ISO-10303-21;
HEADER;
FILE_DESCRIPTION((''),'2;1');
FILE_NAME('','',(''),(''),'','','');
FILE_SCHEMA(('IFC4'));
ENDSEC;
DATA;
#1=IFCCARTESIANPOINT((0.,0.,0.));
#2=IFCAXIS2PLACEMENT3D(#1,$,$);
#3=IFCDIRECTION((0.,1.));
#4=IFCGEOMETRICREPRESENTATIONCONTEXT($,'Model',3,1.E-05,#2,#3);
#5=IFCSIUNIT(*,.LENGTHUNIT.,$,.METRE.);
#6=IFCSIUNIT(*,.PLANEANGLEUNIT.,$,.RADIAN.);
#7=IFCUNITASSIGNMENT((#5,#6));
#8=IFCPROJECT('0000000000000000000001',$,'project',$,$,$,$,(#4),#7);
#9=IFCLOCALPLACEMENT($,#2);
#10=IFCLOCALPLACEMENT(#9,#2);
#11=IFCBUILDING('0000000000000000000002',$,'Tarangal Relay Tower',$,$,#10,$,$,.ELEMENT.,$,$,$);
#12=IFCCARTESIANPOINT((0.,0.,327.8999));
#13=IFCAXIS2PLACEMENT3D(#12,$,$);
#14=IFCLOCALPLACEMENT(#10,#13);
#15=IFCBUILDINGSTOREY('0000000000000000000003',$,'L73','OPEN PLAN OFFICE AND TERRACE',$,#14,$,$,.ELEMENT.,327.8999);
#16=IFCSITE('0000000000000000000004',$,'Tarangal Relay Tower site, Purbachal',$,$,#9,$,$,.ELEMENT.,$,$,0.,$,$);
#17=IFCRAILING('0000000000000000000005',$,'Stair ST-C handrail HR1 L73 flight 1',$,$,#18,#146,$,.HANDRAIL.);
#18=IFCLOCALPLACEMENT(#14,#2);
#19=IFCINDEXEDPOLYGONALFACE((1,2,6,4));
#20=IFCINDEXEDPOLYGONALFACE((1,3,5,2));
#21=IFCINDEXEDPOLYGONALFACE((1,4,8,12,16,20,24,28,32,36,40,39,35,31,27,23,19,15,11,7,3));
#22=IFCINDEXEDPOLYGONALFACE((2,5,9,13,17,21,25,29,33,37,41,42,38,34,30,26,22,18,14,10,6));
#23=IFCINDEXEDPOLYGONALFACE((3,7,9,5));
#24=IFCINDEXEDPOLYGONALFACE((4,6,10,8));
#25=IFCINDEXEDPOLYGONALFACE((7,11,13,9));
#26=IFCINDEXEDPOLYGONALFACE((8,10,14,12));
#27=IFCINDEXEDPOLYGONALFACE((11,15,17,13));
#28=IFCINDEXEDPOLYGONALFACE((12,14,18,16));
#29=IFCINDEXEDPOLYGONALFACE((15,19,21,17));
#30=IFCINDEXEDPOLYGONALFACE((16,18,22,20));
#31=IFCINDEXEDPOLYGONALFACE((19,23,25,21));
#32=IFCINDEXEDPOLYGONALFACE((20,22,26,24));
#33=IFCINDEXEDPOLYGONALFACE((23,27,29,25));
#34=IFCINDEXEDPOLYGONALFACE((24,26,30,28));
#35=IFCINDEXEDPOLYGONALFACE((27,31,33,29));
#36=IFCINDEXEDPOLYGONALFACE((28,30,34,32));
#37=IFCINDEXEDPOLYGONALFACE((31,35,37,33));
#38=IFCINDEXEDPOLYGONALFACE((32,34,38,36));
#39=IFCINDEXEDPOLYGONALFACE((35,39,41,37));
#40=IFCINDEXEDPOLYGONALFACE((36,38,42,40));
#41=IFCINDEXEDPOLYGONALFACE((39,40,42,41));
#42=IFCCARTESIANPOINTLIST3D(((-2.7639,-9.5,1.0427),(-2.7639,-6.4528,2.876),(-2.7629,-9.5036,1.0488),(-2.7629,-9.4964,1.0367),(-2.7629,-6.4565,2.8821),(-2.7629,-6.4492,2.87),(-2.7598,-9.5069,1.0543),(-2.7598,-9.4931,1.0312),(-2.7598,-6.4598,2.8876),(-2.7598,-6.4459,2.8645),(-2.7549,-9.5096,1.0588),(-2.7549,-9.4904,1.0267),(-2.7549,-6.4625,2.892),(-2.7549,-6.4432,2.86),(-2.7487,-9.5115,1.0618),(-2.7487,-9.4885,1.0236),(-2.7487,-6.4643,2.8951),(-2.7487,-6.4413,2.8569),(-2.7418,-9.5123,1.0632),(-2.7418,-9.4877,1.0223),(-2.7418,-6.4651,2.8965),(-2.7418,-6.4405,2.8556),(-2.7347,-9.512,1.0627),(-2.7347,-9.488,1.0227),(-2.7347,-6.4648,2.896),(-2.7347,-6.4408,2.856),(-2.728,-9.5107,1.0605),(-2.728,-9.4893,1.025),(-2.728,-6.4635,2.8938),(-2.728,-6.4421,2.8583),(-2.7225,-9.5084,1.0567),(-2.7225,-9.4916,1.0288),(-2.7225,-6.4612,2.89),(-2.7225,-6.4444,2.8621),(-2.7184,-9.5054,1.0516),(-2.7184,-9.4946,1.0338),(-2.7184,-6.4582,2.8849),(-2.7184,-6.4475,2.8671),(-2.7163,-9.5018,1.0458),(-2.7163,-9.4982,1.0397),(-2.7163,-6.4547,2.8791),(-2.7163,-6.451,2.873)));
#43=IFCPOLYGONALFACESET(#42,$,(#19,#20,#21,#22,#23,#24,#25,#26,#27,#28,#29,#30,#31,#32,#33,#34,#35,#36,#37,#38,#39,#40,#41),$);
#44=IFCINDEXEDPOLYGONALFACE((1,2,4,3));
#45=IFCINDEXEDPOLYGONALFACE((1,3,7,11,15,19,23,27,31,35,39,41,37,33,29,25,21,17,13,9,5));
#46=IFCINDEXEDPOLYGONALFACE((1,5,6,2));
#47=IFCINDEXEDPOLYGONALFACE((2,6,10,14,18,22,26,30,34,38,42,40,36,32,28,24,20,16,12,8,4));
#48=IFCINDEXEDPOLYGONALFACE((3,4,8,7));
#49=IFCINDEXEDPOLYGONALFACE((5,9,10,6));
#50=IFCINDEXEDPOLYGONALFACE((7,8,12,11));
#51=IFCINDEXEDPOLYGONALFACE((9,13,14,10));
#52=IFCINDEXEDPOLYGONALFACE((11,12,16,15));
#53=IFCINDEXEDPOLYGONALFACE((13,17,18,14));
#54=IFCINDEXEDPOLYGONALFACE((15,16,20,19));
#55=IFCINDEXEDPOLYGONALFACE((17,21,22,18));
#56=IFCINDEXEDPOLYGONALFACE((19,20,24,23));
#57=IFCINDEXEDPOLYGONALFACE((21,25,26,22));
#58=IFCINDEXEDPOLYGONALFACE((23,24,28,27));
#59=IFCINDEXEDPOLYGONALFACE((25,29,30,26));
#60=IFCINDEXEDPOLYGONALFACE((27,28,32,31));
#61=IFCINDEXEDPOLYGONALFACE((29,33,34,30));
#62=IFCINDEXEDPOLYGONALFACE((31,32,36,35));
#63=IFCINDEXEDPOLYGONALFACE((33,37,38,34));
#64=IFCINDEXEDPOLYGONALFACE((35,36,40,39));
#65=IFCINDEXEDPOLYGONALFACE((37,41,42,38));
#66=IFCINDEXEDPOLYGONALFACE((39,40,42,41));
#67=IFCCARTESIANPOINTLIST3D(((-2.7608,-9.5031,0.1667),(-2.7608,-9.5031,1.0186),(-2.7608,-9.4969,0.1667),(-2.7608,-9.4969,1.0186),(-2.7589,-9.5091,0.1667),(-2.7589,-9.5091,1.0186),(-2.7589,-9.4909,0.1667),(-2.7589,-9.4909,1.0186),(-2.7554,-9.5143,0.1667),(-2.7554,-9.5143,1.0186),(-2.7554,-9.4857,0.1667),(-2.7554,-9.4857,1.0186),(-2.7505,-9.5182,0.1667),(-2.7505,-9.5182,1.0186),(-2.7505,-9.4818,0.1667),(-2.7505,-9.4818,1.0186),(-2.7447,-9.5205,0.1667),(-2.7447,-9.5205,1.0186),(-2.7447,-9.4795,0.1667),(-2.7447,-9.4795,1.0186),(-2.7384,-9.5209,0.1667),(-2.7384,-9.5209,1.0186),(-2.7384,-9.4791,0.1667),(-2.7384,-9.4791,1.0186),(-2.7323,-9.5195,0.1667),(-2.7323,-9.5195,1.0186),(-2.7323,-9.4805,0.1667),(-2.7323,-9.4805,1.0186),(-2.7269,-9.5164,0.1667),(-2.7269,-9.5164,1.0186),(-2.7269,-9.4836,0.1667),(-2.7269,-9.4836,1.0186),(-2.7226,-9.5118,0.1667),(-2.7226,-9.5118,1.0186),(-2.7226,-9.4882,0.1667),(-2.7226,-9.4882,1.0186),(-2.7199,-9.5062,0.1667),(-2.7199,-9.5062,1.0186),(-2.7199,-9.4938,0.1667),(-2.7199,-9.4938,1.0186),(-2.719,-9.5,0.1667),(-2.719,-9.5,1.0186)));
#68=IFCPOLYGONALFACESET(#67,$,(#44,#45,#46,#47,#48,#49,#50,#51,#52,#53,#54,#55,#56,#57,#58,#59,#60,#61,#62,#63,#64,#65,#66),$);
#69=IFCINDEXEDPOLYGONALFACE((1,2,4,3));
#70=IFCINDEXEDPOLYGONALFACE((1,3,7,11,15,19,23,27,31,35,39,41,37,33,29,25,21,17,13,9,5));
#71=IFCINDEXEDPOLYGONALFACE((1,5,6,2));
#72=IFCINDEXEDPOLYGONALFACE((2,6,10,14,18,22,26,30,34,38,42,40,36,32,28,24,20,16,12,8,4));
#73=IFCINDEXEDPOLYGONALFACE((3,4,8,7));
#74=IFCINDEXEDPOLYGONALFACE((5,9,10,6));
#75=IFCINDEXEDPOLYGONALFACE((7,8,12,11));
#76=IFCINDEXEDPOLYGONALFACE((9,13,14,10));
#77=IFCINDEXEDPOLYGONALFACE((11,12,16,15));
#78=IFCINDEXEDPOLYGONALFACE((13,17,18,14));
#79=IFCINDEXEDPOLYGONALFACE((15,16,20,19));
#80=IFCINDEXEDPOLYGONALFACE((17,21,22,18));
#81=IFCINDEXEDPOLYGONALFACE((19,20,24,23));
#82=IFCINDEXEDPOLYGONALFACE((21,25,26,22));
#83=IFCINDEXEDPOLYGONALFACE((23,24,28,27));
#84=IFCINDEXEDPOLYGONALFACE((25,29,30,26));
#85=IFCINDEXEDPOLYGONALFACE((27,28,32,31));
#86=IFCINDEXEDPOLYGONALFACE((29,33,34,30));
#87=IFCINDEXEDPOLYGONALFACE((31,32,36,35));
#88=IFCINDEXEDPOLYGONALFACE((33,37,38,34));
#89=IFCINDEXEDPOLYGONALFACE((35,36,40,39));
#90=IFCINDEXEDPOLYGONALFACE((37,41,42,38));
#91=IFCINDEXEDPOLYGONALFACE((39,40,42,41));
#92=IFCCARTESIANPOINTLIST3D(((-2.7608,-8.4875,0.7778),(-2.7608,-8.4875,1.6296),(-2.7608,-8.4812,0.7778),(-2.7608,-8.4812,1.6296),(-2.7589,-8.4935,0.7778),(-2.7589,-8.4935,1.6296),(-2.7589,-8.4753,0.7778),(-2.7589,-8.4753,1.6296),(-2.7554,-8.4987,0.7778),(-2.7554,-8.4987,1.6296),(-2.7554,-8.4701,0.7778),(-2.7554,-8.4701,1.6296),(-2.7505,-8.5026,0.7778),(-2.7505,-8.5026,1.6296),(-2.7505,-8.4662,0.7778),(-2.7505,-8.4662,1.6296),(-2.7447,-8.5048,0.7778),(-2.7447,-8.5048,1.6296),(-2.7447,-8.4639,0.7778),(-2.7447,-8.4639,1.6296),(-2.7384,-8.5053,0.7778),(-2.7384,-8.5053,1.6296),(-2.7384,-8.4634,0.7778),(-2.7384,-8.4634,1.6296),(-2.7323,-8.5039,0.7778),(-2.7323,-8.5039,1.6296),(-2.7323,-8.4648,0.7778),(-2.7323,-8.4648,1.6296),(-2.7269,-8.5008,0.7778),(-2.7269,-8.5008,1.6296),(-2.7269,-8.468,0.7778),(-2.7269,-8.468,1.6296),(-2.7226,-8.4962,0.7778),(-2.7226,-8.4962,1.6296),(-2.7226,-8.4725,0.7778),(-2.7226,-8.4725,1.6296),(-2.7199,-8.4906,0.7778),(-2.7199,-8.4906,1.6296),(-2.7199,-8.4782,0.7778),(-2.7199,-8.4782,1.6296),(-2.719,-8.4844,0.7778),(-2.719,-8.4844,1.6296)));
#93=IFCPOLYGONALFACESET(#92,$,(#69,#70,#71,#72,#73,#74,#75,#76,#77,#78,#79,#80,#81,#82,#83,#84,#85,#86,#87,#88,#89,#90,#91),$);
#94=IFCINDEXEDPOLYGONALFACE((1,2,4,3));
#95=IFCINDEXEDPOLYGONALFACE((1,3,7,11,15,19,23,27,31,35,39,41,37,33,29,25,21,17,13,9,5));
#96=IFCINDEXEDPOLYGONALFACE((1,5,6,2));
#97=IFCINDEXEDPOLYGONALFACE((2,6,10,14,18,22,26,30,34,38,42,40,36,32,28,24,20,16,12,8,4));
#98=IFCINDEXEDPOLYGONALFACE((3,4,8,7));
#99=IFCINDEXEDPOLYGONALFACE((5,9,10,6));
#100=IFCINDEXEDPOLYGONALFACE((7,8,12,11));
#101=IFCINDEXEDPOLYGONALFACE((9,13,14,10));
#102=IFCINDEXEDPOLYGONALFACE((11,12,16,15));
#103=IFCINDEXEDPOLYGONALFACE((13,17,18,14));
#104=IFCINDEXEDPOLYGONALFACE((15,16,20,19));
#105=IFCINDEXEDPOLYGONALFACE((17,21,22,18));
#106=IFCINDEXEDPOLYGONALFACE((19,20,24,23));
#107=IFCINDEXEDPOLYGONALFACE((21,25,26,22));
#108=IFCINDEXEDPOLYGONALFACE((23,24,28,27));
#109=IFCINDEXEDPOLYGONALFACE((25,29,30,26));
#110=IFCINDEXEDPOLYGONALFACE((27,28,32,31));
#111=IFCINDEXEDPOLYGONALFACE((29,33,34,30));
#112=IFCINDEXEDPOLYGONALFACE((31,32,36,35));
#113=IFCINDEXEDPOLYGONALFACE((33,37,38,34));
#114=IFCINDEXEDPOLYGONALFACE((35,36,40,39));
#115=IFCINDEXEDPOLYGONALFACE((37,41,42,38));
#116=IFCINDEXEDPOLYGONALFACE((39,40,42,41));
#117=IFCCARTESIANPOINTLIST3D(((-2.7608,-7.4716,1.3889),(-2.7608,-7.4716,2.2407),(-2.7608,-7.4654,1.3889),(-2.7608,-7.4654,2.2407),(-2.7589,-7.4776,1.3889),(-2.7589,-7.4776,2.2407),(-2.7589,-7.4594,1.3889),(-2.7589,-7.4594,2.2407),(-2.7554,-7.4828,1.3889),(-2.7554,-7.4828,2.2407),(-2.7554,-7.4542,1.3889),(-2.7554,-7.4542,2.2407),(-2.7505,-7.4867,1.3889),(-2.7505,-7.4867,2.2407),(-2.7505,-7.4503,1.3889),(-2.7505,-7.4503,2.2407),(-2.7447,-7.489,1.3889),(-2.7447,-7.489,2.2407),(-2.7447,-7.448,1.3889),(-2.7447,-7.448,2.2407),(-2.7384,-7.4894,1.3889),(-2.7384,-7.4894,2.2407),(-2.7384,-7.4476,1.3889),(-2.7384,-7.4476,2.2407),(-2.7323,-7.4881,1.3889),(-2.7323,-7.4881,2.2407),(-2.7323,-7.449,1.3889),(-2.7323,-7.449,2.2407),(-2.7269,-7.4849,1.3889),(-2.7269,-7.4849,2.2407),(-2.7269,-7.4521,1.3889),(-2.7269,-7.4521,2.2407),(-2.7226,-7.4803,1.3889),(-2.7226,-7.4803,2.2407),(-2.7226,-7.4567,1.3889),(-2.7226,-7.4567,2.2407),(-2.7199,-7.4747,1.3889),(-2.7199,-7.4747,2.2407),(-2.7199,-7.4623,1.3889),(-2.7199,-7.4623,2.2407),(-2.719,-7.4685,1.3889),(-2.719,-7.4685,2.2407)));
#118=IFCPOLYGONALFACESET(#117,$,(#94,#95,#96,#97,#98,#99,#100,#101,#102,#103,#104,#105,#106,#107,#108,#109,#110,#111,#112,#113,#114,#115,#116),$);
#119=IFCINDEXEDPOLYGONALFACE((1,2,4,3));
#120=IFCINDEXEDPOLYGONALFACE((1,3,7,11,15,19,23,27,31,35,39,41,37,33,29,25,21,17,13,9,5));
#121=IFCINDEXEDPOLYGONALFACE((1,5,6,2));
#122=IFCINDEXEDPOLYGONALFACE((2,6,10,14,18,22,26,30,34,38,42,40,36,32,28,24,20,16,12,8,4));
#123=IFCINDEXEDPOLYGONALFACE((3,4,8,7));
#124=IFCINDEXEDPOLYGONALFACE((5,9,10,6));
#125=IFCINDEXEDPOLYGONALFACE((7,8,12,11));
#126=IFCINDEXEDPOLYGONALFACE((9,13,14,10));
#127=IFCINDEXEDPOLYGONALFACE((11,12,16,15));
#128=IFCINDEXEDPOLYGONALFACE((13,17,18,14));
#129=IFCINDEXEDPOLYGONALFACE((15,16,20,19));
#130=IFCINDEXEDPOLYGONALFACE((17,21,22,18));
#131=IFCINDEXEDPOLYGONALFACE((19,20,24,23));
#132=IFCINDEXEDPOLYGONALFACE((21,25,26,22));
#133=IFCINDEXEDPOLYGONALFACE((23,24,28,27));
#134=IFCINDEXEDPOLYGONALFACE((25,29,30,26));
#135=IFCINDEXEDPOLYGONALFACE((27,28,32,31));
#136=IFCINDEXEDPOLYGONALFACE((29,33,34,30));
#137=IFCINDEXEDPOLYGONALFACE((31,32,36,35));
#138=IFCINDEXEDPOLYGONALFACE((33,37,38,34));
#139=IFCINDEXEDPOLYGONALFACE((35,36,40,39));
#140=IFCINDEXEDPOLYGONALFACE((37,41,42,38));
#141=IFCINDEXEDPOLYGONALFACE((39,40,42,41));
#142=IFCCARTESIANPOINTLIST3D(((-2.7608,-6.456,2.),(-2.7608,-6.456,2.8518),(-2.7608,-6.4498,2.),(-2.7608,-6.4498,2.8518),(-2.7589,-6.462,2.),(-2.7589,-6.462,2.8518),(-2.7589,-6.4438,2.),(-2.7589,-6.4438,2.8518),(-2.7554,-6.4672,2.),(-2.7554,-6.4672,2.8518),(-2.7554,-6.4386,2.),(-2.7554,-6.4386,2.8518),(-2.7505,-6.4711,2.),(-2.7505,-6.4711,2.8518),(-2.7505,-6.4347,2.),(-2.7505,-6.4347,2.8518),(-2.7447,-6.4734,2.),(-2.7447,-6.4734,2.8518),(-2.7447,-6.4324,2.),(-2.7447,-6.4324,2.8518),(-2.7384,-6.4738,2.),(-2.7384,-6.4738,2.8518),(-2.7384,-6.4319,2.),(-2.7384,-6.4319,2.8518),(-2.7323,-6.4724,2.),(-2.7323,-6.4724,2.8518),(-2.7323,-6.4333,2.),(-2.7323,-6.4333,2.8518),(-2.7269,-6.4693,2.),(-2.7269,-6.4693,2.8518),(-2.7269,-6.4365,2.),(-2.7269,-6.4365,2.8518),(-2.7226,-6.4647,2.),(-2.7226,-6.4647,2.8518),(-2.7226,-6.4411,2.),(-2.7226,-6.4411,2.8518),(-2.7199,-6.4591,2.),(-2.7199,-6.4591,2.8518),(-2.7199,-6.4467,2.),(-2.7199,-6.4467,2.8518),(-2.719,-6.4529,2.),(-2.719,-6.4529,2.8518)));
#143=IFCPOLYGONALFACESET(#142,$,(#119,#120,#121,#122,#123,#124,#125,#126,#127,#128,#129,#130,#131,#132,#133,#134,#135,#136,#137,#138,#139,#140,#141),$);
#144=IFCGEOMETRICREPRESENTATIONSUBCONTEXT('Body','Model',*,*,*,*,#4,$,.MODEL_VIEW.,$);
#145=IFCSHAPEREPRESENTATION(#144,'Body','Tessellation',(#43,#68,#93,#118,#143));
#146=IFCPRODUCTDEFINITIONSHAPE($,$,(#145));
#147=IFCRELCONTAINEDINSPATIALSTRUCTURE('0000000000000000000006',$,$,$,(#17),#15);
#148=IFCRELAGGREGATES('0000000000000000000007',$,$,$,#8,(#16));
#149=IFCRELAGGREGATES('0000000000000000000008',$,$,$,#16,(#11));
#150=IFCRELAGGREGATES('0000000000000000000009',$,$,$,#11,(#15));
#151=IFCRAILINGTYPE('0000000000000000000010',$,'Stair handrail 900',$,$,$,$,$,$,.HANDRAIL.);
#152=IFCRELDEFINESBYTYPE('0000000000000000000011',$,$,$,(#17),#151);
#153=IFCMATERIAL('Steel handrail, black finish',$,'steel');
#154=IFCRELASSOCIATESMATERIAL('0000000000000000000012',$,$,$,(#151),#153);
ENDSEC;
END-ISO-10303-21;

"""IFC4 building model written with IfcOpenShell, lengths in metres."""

from ifc_helpers import new_model, si_unit, direction, frame, origin, origin_2d, place, context, subcontext, project, spatial, circle, extrude, material, type_object, element, save


model = new_model("IFC4")

# Units and contexts
model_context = context("Model", 3, precision=1e-05, world=origin(), true_north=direction((0.0, 1.0)))
body_context = subcontext(model_context, "Body", "Model", "MODEL_VIEW")
ifc_project = project(units=[si_unit("LENGTHUNIT", "METRE"), si_unit("PLANEANGLEUNIT", "RADIAN")], contexts=[model_context])

# Site, building, storey
site_placement = place(None, origin())
site = spatial("IfcSite", under=ifc_project, at=site_placement, Name="Tarangal Relay Tower site, Purbachal", CompositionType="ELEMENT", RefElevation=0.0)
building_placement = place(site_placement, origin())
building = spatial("IfcBuilding", under=site, at=building_placement, Name="Tarangal Relay Tower", CompositionType="ELEMENT")
storey_placement = place(building_placement, frame((0.0, 0.0, 327.8999)))
storey = spatial("IfcBuildingStorey", under=building, at=storey_placement, Name="L73", Description="OPEN PLAN OFFICE AND TERRACE", CompositionType="ELEMENT", Elevation=327.8999)

# Railing
ifc_material_1 = material(Name="Steel handrail, black finish", Category="steel")
railing_type_1 = type_object("IfcRailingType", Name="Stair handrail 900", PredefinedType="HANDRAIL", material=ifc_material_1)
railing_1_placement = place(storey_placement, frame((-2.74, -9.5, 0.1667)))
element("IfcRailing", 1, at=railing_1_placement, inside=storey, type_object=railing_type_1, Name="Stair ST-C handrail HR1 L73 flight 1", PredefinedType="HANDRAIL", context=body_context, shape_type="SweptSolid", body=[
    extrude(circle(Radius=0.0239, at=origin_2d()), frame((0.0, 0.0, 0.876), z_axis=(0.0, 0.856874, 0.515525), x_axis=(-1.0, 0.0, 0.0)), (0.0, 0.0, 1.0), 3.5562),
    extrude(circle(Radius=0.021, at=origin_2d()), origin(), (0.0, 0.0, 1.0), 0.8518),
    extrude(circle(Radius=0.021, at=origin_2d()), frame((0.0, 1.0156, 0.6111)), (0.0, 0.0, 1.0), 0.8518),
    extrude(circle(Radius=0.021, at=origin_2d()), frame((0.0, 2.0315, 1.2222)), (0.0, 0.0, 1.0), 0.8518),
    extrude(circle(Radius=0.021, at=origin_2d()), frame((0.0, 3.0471, 1.8333)), (0.0, 0.0, 1.0), 0.8518),
])

save(model, "model.ifc")
